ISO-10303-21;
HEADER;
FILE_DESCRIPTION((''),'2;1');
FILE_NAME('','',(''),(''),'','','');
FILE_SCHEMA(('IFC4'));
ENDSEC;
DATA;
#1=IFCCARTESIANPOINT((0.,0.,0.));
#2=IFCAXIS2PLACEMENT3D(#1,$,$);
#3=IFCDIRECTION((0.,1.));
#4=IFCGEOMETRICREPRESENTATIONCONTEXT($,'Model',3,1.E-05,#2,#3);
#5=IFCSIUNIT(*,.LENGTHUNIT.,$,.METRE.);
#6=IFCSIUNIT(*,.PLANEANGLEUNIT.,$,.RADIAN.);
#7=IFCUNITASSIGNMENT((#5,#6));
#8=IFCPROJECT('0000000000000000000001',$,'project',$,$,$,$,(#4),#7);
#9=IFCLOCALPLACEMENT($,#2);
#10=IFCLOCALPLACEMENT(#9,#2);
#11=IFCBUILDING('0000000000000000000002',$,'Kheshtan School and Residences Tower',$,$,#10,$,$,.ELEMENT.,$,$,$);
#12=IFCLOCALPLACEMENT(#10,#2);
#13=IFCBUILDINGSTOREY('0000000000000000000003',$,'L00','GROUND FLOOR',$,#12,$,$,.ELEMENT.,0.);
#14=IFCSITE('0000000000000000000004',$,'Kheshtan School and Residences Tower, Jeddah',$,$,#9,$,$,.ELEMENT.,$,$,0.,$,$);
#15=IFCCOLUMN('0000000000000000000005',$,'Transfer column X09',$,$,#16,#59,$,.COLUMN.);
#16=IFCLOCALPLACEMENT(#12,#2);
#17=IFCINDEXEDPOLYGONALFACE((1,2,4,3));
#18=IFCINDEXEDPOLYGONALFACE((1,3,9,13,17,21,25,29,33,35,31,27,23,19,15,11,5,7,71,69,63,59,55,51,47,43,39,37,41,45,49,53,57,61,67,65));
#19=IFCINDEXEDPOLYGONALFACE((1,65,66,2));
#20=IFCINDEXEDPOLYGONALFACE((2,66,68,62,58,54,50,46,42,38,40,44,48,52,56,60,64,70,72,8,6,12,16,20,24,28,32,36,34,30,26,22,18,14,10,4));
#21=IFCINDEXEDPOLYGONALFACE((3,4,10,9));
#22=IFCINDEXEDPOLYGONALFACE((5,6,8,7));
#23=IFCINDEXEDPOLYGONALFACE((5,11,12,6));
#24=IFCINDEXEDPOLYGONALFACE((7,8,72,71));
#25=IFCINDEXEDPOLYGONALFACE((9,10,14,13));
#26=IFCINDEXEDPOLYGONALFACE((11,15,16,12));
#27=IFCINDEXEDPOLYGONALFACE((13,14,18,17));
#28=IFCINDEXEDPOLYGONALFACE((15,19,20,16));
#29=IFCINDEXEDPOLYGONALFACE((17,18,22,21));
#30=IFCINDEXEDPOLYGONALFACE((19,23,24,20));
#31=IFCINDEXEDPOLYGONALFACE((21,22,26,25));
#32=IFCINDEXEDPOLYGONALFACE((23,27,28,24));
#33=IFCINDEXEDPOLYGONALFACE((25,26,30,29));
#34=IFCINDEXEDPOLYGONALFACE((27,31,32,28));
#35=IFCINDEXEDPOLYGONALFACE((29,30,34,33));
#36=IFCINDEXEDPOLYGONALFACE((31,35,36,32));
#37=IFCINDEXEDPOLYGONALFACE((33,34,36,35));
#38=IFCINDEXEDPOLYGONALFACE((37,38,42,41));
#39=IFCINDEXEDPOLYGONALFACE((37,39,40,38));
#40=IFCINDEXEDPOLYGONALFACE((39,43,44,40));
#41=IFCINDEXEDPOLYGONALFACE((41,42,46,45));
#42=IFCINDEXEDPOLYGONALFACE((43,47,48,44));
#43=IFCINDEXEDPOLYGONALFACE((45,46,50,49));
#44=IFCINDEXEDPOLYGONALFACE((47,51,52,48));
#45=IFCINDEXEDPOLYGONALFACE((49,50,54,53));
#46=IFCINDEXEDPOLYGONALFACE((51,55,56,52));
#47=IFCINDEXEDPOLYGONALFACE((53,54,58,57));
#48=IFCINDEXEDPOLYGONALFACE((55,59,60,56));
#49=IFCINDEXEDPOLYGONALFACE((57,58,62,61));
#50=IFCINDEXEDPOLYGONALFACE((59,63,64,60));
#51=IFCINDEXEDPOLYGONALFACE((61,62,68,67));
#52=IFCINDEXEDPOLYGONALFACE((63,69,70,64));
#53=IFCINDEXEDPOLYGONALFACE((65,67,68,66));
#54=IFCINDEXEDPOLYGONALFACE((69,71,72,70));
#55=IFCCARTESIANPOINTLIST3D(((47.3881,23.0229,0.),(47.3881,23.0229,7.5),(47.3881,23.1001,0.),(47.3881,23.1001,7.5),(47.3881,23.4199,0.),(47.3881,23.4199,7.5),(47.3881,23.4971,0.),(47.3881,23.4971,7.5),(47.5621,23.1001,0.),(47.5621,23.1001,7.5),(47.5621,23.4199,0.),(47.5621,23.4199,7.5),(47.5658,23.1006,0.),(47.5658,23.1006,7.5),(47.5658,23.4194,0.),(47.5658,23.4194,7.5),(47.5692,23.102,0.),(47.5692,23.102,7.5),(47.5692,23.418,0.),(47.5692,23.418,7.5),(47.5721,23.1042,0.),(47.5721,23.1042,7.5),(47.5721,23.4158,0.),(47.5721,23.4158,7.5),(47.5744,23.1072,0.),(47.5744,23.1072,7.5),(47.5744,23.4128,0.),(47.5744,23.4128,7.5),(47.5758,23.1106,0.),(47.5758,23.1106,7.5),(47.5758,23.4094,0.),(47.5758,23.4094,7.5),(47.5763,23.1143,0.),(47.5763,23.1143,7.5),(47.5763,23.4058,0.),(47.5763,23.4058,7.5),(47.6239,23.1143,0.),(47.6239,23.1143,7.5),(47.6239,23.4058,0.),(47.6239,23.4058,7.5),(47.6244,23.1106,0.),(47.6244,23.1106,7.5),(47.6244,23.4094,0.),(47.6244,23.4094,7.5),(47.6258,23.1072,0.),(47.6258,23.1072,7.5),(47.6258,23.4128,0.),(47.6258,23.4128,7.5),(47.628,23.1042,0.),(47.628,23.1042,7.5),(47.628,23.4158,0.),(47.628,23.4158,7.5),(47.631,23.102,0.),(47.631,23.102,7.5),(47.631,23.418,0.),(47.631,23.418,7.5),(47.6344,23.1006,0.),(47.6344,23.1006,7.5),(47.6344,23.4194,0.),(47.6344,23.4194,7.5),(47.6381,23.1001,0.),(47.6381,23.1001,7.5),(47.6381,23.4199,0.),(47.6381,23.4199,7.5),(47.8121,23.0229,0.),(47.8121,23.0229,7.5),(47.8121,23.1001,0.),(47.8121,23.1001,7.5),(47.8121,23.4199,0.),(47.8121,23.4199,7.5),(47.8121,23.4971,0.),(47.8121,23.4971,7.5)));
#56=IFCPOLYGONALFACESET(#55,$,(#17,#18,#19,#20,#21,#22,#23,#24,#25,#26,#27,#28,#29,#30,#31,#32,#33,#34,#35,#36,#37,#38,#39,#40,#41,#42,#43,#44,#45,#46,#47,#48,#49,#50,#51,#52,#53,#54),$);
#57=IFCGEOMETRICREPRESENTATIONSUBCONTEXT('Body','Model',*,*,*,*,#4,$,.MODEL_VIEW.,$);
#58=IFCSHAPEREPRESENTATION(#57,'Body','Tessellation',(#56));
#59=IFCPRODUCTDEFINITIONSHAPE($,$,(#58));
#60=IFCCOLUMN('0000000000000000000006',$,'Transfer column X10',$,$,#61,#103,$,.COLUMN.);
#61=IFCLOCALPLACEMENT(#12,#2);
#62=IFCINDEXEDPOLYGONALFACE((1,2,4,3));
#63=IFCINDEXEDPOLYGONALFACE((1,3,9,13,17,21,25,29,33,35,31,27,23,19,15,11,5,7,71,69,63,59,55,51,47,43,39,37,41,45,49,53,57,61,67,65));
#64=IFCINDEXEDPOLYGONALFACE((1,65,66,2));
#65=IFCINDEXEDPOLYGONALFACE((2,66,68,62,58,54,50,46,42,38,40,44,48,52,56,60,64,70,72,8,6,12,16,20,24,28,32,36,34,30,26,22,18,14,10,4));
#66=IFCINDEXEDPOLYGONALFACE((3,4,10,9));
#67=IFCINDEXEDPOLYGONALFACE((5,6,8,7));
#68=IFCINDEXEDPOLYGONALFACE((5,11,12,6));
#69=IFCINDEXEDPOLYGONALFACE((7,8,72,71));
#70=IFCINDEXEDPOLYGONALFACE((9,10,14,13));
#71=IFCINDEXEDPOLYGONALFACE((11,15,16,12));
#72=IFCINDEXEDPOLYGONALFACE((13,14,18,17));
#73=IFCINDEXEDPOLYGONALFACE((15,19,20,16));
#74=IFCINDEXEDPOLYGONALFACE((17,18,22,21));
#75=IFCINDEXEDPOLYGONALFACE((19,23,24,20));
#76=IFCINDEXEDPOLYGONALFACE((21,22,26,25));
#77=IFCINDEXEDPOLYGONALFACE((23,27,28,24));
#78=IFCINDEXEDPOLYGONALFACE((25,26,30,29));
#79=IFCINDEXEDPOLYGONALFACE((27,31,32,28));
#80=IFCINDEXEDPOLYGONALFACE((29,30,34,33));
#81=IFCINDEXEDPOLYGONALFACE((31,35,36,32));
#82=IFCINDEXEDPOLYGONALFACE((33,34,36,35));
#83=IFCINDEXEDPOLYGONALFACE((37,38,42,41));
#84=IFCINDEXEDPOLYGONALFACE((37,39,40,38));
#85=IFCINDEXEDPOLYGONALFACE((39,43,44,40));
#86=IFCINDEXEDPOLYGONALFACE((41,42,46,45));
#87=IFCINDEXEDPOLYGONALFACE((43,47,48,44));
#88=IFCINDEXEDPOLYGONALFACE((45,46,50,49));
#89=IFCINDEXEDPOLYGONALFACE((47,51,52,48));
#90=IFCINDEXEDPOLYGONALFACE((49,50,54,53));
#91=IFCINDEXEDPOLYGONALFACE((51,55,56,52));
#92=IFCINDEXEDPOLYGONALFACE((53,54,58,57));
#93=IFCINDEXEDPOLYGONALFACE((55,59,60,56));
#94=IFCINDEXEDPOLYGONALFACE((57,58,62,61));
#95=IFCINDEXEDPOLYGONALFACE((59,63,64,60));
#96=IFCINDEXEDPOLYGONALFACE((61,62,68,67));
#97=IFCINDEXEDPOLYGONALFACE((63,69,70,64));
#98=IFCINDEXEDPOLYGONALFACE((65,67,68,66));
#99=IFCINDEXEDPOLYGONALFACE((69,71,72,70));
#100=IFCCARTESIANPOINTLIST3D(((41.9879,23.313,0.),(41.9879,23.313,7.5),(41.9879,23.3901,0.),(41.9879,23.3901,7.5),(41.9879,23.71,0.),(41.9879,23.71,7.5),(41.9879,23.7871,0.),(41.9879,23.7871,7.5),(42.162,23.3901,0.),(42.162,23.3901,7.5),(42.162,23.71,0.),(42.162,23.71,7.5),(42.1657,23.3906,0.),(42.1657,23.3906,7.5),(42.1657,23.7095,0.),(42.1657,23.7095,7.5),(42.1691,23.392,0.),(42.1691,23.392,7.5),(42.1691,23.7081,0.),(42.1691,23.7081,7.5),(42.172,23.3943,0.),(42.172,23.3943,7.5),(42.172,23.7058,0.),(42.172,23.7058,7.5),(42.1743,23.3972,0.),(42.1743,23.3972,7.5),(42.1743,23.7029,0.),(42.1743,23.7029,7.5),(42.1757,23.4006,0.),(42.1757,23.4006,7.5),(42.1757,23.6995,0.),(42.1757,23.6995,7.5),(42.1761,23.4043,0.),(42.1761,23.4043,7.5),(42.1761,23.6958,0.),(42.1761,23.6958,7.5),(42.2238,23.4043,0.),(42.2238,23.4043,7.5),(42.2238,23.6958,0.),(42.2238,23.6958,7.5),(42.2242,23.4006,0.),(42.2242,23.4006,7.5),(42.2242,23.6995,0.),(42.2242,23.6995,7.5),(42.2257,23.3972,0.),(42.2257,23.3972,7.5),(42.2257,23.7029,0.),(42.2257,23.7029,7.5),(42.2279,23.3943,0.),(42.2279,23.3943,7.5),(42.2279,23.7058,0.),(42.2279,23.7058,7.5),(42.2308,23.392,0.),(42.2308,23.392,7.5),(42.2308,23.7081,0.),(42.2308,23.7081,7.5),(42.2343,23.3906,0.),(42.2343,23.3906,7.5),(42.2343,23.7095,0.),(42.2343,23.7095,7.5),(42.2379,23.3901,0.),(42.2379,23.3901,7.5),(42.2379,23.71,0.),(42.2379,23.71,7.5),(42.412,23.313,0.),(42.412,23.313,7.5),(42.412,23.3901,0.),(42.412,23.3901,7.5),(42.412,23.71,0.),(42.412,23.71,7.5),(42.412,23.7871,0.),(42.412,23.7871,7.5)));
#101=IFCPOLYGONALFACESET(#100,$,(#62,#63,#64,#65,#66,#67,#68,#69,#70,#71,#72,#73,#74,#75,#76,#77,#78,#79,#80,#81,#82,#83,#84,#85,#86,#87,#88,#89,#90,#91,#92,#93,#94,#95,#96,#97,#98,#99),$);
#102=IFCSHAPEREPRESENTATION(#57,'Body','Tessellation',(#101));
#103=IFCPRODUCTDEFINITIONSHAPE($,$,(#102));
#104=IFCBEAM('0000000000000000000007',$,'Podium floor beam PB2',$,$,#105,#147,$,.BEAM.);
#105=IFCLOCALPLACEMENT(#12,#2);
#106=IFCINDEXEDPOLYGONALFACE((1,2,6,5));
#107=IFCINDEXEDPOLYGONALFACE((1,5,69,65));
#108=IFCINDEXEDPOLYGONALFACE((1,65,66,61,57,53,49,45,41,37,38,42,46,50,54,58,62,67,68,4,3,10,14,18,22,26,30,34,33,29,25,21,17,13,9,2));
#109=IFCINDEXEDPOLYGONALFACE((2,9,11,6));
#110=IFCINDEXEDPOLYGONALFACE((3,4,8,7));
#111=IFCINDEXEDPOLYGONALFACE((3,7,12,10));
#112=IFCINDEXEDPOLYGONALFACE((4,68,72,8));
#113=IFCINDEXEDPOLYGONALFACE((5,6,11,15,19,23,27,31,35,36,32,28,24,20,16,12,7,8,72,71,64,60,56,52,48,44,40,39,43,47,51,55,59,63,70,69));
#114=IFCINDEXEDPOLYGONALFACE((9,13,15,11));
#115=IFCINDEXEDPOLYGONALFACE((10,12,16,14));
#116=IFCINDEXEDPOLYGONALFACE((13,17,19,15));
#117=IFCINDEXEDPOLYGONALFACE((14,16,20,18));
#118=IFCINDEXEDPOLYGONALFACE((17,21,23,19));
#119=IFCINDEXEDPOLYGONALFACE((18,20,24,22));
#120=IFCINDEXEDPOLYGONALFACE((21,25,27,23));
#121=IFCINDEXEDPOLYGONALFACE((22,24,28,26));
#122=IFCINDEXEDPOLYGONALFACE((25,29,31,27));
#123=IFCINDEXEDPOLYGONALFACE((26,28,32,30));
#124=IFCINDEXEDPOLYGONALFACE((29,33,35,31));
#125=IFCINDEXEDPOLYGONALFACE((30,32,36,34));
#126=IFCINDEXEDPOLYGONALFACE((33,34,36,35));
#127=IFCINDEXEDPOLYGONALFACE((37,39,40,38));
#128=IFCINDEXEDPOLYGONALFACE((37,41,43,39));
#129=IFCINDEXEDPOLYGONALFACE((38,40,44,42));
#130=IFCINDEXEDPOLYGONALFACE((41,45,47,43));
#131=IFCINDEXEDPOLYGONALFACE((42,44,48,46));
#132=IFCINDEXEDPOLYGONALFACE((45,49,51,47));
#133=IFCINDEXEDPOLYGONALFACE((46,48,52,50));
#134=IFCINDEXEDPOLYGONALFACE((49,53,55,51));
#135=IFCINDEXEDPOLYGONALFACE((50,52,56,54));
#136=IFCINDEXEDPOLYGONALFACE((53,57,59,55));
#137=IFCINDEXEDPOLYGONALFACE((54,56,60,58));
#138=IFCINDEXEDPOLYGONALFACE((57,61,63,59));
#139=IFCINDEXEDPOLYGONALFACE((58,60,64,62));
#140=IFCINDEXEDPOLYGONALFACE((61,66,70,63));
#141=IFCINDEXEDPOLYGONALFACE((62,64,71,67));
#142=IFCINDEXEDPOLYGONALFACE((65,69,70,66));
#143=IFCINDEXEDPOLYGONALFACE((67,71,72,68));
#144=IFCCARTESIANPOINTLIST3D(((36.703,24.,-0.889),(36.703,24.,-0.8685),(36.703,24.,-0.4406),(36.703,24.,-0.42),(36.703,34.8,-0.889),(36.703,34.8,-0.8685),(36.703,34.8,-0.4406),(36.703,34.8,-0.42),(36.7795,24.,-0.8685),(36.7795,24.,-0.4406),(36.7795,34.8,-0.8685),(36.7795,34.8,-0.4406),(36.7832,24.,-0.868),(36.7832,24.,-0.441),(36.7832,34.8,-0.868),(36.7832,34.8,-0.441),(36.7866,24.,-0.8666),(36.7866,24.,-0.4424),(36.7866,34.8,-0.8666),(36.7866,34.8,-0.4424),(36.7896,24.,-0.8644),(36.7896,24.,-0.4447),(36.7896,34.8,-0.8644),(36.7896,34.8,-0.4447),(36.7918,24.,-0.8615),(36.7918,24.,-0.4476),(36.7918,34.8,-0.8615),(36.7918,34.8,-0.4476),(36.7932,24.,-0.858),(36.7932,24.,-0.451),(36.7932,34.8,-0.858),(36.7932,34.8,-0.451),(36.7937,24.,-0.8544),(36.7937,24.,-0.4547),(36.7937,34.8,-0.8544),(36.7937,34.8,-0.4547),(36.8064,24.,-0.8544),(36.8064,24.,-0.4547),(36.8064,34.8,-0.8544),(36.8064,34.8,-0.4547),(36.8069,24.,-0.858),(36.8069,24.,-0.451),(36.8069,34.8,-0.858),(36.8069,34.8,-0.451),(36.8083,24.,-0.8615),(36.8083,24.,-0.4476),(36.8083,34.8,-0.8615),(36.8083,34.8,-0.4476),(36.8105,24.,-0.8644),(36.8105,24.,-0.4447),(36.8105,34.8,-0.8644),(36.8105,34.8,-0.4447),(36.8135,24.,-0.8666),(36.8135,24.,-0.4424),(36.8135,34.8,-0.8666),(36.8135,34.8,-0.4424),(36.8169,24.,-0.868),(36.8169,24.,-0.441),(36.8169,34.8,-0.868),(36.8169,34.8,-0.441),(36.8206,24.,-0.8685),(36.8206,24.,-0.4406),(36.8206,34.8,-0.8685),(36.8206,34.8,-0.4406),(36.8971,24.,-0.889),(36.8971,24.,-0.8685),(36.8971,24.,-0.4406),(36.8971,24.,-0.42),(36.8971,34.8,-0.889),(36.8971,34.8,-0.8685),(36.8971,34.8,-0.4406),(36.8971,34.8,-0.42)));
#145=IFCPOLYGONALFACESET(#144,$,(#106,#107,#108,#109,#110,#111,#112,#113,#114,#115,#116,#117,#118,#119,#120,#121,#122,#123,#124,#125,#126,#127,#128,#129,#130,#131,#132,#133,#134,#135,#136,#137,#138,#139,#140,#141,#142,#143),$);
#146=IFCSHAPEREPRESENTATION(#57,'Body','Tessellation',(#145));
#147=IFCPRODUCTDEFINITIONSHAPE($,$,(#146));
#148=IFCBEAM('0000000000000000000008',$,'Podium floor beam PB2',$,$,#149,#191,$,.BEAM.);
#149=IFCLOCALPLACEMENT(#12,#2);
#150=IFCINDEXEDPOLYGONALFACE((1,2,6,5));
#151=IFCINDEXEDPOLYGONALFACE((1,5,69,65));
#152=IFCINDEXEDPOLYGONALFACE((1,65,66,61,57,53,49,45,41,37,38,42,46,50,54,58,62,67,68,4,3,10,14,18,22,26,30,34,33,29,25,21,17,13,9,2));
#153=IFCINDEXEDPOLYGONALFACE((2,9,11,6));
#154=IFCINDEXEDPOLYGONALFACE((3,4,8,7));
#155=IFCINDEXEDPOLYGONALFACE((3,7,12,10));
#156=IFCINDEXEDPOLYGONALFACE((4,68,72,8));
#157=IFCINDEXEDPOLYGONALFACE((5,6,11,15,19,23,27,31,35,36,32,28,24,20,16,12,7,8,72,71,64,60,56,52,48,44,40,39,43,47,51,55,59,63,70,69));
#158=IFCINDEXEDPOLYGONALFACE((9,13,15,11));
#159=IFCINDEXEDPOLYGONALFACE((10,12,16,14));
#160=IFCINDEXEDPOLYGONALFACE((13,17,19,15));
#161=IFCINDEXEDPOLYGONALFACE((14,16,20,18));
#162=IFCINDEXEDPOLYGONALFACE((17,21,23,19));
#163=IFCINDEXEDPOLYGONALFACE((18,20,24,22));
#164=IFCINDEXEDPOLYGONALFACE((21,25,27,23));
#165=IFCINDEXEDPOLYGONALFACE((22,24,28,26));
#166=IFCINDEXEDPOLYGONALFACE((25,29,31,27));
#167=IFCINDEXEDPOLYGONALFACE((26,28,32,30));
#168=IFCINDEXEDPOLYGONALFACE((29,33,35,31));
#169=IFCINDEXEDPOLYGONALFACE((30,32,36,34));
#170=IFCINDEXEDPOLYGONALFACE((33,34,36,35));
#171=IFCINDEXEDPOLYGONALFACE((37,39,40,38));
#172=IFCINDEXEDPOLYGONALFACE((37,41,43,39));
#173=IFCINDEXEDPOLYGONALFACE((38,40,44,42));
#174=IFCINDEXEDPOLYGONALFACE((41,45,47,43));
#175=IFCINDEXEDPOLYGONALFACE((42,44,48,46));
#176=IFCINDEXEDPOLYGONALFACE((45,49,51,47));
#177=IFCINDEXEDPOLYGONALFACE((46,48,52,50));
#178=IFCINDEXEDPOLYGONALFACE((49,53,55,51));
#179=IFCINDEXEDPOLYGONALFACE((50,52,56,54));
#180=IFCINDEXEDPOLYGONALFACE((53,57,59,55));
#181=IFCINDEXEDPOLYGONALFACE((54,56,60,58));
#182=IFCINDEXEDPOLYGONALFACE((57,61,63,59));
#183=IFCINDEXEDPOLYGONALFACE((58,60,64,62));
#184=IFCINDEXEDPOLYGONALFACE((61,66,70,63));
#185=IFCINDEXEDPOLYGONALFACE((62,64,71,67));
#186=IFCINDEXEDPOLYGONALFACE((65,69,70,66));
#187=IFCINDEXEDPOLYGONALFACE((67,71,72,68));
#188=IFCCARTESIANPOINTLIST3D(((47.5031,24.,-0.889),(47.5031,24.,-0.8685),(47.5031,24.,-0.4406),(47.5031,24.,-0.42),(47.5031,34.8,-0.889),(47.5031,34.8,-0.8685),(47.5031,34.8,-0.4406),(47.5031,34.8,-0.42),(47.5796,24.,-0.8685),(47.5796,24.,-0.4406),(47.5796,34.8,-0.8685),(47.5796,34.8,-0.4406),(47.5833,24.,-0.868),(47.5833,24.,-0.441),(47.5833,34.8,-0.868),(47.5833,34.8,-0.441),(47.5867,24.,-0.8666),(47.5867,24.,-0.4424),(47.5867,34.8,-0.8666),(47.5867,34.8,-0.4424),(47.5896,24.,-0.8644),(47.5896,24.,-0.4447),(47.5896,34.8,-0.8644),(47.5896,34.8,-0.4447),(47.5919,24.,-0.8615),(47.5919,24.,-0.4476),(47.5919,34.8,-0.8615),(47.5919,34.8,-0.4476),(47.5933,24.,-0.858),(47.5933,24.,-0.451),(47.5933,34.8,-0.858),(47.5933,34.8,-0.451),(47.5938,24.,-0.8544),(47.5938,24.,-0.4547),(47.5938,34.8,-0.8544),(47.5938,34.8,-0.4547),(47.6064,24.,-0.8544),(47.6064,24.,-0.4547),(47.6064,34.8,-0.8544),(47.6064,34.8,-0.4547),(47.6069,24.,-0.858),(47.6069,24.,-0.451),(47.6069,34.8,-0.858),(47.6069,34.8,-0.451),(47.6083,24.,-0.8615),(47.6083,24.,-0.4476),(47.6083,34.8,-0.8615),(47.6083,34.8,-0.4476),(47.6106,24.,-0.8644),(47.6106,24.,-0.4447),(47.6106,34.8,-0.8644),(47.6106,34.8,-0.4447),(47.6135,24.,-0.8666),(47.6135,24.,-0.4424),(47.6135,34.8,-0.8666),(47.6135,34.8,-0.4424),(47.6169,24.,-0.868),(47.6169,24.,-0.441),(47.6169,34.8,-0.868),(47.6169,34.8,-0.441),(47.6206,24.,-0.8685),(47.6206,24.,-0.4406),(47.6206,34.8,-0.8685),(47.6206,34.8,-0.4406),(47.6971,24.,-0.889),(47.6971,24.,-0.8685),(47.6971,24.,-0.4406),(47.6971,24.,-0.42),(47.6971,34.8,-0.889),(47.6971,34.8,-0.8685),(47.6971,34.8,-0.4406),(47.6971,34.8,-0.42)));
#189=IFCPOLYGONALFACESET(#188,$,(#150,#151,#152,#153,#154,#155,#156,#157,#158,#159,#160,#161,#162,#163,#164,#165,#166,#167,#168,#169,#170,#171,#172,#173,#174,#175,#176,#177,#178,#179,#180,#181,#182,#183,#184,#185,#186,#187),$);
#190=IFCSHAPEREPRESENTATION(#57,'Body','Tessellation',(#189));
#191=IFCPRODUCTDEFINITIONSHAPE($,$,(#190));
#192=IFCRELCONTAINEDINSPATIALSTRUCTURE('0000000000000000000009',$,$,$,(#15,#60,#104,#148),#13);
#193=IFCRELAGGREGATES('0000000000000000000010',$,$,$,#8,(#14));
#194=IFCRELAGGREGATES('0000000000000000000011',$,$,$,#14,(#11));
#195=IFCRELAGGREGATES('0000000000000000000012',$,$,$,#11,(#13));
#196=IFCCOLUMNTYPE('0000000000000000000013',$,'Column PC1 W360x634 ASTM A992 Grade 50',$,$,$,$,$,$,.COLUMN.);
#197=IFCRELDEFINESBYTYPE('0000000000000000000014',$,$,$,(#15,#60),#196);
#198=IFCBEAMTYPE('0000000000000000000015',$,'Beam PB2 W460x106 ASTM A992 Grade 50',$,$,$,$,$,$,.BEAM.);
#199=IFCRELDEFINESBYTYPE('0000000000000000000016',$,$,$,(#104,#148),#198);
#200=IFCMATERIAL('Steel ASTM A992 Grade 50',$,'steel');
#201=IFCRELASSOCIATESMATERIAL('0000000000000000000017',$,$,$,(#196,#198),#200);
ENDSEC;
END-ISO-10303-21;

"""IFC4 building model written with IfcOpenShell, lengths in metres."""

from ifc_helpers import new_model, si_unit, direction, frame, origin, origin_2d, place, context, subcontext, project, spatial, i_section, extrude, material, material_profile, profile_set, type_object, element, save


model = new_model("IFC4")

# Units and contexts
model_context = context("Model", 3, precision=1e-05, world=origin(), true_north=direction((0.0, 1.0)))
body_context = subcontext(model_context, "Body", "Model", "MODEL_VIEW")
ifc_project = project(units=[si_unit("LENGTHUNIT", "METRE"), si_unit("PLANEANGLEUNIT", "RADIAN")], contexts=[model_context])

# Site, building, storey
site_placement = place(None, origin())
site = spatial("IfcSite", under=ifc_project, at=site_placement, Name="Kheshtan School and Residences Tower, Jeddah", CompositionType="ELEMENT", RefElevation=0.0)
building_placement = place(site_placement, origin())
building = spatial("IfcBuilding", under=site, at=building_placement, Name="Kheshtan School and Residences Tower", CompositionType="ELEMENT")
storey_placement = place(building_placement, origin())
storey = spatial("IfcBuildingStorey", under=building, at=storey_placement, Name="L00", Description="GROUND FLOOR", CompositionType="ELEMENT", Elevation=0.0)

# Columns
ifc_material_1 = material(Name="Steel ASTM A992 Grade 50", Category="steel")
ifc_material_profile_1 = material_profile(ifc_material_1, i_section(OverallWidth=0.4241, OverallDepth=0.4741, WebThickness=0.0476, FlangeThickness=0.0771, FilletRadius=0.0142, at=origin_2d()), Name="W360x634")
ifc_profile_set_1 = profile_set([ifc_material_profile_1], Name="Steel ASTM A992 Grade 50")
column_type = type_object("IfcColumnType", Name="Column PC1 W360x634 ASTM A992 Grade 50", PredefinedType="COLUMN", material=ifc_profile_set_1)
for number, where, z_axis, x_axis, name in (
    (1, (47.6001, 23.26, 0.0), (0.0, 0.0, 1.0), (1.0, 0.0, 0.0), "Transfer column X09"),
    (2, (42.2, 23.55, 0.0), (0.0, 0.0, 1.0), (1.0, 0.0, 0.0), "Transfer column X10"),
):
    element("IfcColumn", number, at=place(storey_placement, frame(where, z_axis=z_axis, x_axis=x_axis)), inside=storey, type_object=column_type, Name=name, PredefinedType="COLUMN", context=body_context, shape_type="SweptSolid", body=[
        extrude(i_section(OverallWidth=0.4241, OverallDepth=0.4741, WebThickness=0.0476, FlangeThickness=0.0771, FilletRadius=0.0142, at=origin_2d()), origin(), (0.0, 0.0, 1.0), 7.5),
    ])

# Beams
ifc_material_profile_2 = material_profile(ifc_material_1, i_section(OverallWidth=0.1941, OverallDepth=0.469, WebThickness=0.0127, FlangeThickness=0.0205, FilletRadius=0.0142, at=origin_2d()), Name="W460x106")
ifc_profile_set_2 = profile_set([ifc_material_profile_2], Name="Steel ASTM A992 Grade 50")
beam_type = type_object("IfcBeamType", Name="Beam PB2 W460x106 ASTM A992 Grade 50", PredefinedType="BEAM", material=ifc_profile_set_2)
for number, where, z_axis, x_axis, name in (
    (3, (36.8, 24.0, -0.6545), (0.0, 1.0, 0.0), (-1.0, 0.0, 0.0), "Podium floor beam PB2"),
    (4, (47.6001, 24.0, -0.6545), (0.0, 1.0, 0.0), (-1.0, 0.0, 0.0), "Podium floor beam PB2"),
):
    element("IfcBeam", number, at=place(storey_placement, frame(where, z_axis=z_axis, x_axis=x_axis)), inside=storey, type_object=beam_type, Name=name, PredefinedType="BEAM", context=body_context, shape_type="SweptSolid", body=[
        extrude(i_section(OverallWidth=0.1941, OverallDepth=0.469, WebThickness=0.0127, FlangeThickness=0.0205, FilletRadius=0.0142, at=origin_2d()), origin(), (0.0, 0.0, 1.0), 10.8),
    ])

save(model, "model.ifc")
